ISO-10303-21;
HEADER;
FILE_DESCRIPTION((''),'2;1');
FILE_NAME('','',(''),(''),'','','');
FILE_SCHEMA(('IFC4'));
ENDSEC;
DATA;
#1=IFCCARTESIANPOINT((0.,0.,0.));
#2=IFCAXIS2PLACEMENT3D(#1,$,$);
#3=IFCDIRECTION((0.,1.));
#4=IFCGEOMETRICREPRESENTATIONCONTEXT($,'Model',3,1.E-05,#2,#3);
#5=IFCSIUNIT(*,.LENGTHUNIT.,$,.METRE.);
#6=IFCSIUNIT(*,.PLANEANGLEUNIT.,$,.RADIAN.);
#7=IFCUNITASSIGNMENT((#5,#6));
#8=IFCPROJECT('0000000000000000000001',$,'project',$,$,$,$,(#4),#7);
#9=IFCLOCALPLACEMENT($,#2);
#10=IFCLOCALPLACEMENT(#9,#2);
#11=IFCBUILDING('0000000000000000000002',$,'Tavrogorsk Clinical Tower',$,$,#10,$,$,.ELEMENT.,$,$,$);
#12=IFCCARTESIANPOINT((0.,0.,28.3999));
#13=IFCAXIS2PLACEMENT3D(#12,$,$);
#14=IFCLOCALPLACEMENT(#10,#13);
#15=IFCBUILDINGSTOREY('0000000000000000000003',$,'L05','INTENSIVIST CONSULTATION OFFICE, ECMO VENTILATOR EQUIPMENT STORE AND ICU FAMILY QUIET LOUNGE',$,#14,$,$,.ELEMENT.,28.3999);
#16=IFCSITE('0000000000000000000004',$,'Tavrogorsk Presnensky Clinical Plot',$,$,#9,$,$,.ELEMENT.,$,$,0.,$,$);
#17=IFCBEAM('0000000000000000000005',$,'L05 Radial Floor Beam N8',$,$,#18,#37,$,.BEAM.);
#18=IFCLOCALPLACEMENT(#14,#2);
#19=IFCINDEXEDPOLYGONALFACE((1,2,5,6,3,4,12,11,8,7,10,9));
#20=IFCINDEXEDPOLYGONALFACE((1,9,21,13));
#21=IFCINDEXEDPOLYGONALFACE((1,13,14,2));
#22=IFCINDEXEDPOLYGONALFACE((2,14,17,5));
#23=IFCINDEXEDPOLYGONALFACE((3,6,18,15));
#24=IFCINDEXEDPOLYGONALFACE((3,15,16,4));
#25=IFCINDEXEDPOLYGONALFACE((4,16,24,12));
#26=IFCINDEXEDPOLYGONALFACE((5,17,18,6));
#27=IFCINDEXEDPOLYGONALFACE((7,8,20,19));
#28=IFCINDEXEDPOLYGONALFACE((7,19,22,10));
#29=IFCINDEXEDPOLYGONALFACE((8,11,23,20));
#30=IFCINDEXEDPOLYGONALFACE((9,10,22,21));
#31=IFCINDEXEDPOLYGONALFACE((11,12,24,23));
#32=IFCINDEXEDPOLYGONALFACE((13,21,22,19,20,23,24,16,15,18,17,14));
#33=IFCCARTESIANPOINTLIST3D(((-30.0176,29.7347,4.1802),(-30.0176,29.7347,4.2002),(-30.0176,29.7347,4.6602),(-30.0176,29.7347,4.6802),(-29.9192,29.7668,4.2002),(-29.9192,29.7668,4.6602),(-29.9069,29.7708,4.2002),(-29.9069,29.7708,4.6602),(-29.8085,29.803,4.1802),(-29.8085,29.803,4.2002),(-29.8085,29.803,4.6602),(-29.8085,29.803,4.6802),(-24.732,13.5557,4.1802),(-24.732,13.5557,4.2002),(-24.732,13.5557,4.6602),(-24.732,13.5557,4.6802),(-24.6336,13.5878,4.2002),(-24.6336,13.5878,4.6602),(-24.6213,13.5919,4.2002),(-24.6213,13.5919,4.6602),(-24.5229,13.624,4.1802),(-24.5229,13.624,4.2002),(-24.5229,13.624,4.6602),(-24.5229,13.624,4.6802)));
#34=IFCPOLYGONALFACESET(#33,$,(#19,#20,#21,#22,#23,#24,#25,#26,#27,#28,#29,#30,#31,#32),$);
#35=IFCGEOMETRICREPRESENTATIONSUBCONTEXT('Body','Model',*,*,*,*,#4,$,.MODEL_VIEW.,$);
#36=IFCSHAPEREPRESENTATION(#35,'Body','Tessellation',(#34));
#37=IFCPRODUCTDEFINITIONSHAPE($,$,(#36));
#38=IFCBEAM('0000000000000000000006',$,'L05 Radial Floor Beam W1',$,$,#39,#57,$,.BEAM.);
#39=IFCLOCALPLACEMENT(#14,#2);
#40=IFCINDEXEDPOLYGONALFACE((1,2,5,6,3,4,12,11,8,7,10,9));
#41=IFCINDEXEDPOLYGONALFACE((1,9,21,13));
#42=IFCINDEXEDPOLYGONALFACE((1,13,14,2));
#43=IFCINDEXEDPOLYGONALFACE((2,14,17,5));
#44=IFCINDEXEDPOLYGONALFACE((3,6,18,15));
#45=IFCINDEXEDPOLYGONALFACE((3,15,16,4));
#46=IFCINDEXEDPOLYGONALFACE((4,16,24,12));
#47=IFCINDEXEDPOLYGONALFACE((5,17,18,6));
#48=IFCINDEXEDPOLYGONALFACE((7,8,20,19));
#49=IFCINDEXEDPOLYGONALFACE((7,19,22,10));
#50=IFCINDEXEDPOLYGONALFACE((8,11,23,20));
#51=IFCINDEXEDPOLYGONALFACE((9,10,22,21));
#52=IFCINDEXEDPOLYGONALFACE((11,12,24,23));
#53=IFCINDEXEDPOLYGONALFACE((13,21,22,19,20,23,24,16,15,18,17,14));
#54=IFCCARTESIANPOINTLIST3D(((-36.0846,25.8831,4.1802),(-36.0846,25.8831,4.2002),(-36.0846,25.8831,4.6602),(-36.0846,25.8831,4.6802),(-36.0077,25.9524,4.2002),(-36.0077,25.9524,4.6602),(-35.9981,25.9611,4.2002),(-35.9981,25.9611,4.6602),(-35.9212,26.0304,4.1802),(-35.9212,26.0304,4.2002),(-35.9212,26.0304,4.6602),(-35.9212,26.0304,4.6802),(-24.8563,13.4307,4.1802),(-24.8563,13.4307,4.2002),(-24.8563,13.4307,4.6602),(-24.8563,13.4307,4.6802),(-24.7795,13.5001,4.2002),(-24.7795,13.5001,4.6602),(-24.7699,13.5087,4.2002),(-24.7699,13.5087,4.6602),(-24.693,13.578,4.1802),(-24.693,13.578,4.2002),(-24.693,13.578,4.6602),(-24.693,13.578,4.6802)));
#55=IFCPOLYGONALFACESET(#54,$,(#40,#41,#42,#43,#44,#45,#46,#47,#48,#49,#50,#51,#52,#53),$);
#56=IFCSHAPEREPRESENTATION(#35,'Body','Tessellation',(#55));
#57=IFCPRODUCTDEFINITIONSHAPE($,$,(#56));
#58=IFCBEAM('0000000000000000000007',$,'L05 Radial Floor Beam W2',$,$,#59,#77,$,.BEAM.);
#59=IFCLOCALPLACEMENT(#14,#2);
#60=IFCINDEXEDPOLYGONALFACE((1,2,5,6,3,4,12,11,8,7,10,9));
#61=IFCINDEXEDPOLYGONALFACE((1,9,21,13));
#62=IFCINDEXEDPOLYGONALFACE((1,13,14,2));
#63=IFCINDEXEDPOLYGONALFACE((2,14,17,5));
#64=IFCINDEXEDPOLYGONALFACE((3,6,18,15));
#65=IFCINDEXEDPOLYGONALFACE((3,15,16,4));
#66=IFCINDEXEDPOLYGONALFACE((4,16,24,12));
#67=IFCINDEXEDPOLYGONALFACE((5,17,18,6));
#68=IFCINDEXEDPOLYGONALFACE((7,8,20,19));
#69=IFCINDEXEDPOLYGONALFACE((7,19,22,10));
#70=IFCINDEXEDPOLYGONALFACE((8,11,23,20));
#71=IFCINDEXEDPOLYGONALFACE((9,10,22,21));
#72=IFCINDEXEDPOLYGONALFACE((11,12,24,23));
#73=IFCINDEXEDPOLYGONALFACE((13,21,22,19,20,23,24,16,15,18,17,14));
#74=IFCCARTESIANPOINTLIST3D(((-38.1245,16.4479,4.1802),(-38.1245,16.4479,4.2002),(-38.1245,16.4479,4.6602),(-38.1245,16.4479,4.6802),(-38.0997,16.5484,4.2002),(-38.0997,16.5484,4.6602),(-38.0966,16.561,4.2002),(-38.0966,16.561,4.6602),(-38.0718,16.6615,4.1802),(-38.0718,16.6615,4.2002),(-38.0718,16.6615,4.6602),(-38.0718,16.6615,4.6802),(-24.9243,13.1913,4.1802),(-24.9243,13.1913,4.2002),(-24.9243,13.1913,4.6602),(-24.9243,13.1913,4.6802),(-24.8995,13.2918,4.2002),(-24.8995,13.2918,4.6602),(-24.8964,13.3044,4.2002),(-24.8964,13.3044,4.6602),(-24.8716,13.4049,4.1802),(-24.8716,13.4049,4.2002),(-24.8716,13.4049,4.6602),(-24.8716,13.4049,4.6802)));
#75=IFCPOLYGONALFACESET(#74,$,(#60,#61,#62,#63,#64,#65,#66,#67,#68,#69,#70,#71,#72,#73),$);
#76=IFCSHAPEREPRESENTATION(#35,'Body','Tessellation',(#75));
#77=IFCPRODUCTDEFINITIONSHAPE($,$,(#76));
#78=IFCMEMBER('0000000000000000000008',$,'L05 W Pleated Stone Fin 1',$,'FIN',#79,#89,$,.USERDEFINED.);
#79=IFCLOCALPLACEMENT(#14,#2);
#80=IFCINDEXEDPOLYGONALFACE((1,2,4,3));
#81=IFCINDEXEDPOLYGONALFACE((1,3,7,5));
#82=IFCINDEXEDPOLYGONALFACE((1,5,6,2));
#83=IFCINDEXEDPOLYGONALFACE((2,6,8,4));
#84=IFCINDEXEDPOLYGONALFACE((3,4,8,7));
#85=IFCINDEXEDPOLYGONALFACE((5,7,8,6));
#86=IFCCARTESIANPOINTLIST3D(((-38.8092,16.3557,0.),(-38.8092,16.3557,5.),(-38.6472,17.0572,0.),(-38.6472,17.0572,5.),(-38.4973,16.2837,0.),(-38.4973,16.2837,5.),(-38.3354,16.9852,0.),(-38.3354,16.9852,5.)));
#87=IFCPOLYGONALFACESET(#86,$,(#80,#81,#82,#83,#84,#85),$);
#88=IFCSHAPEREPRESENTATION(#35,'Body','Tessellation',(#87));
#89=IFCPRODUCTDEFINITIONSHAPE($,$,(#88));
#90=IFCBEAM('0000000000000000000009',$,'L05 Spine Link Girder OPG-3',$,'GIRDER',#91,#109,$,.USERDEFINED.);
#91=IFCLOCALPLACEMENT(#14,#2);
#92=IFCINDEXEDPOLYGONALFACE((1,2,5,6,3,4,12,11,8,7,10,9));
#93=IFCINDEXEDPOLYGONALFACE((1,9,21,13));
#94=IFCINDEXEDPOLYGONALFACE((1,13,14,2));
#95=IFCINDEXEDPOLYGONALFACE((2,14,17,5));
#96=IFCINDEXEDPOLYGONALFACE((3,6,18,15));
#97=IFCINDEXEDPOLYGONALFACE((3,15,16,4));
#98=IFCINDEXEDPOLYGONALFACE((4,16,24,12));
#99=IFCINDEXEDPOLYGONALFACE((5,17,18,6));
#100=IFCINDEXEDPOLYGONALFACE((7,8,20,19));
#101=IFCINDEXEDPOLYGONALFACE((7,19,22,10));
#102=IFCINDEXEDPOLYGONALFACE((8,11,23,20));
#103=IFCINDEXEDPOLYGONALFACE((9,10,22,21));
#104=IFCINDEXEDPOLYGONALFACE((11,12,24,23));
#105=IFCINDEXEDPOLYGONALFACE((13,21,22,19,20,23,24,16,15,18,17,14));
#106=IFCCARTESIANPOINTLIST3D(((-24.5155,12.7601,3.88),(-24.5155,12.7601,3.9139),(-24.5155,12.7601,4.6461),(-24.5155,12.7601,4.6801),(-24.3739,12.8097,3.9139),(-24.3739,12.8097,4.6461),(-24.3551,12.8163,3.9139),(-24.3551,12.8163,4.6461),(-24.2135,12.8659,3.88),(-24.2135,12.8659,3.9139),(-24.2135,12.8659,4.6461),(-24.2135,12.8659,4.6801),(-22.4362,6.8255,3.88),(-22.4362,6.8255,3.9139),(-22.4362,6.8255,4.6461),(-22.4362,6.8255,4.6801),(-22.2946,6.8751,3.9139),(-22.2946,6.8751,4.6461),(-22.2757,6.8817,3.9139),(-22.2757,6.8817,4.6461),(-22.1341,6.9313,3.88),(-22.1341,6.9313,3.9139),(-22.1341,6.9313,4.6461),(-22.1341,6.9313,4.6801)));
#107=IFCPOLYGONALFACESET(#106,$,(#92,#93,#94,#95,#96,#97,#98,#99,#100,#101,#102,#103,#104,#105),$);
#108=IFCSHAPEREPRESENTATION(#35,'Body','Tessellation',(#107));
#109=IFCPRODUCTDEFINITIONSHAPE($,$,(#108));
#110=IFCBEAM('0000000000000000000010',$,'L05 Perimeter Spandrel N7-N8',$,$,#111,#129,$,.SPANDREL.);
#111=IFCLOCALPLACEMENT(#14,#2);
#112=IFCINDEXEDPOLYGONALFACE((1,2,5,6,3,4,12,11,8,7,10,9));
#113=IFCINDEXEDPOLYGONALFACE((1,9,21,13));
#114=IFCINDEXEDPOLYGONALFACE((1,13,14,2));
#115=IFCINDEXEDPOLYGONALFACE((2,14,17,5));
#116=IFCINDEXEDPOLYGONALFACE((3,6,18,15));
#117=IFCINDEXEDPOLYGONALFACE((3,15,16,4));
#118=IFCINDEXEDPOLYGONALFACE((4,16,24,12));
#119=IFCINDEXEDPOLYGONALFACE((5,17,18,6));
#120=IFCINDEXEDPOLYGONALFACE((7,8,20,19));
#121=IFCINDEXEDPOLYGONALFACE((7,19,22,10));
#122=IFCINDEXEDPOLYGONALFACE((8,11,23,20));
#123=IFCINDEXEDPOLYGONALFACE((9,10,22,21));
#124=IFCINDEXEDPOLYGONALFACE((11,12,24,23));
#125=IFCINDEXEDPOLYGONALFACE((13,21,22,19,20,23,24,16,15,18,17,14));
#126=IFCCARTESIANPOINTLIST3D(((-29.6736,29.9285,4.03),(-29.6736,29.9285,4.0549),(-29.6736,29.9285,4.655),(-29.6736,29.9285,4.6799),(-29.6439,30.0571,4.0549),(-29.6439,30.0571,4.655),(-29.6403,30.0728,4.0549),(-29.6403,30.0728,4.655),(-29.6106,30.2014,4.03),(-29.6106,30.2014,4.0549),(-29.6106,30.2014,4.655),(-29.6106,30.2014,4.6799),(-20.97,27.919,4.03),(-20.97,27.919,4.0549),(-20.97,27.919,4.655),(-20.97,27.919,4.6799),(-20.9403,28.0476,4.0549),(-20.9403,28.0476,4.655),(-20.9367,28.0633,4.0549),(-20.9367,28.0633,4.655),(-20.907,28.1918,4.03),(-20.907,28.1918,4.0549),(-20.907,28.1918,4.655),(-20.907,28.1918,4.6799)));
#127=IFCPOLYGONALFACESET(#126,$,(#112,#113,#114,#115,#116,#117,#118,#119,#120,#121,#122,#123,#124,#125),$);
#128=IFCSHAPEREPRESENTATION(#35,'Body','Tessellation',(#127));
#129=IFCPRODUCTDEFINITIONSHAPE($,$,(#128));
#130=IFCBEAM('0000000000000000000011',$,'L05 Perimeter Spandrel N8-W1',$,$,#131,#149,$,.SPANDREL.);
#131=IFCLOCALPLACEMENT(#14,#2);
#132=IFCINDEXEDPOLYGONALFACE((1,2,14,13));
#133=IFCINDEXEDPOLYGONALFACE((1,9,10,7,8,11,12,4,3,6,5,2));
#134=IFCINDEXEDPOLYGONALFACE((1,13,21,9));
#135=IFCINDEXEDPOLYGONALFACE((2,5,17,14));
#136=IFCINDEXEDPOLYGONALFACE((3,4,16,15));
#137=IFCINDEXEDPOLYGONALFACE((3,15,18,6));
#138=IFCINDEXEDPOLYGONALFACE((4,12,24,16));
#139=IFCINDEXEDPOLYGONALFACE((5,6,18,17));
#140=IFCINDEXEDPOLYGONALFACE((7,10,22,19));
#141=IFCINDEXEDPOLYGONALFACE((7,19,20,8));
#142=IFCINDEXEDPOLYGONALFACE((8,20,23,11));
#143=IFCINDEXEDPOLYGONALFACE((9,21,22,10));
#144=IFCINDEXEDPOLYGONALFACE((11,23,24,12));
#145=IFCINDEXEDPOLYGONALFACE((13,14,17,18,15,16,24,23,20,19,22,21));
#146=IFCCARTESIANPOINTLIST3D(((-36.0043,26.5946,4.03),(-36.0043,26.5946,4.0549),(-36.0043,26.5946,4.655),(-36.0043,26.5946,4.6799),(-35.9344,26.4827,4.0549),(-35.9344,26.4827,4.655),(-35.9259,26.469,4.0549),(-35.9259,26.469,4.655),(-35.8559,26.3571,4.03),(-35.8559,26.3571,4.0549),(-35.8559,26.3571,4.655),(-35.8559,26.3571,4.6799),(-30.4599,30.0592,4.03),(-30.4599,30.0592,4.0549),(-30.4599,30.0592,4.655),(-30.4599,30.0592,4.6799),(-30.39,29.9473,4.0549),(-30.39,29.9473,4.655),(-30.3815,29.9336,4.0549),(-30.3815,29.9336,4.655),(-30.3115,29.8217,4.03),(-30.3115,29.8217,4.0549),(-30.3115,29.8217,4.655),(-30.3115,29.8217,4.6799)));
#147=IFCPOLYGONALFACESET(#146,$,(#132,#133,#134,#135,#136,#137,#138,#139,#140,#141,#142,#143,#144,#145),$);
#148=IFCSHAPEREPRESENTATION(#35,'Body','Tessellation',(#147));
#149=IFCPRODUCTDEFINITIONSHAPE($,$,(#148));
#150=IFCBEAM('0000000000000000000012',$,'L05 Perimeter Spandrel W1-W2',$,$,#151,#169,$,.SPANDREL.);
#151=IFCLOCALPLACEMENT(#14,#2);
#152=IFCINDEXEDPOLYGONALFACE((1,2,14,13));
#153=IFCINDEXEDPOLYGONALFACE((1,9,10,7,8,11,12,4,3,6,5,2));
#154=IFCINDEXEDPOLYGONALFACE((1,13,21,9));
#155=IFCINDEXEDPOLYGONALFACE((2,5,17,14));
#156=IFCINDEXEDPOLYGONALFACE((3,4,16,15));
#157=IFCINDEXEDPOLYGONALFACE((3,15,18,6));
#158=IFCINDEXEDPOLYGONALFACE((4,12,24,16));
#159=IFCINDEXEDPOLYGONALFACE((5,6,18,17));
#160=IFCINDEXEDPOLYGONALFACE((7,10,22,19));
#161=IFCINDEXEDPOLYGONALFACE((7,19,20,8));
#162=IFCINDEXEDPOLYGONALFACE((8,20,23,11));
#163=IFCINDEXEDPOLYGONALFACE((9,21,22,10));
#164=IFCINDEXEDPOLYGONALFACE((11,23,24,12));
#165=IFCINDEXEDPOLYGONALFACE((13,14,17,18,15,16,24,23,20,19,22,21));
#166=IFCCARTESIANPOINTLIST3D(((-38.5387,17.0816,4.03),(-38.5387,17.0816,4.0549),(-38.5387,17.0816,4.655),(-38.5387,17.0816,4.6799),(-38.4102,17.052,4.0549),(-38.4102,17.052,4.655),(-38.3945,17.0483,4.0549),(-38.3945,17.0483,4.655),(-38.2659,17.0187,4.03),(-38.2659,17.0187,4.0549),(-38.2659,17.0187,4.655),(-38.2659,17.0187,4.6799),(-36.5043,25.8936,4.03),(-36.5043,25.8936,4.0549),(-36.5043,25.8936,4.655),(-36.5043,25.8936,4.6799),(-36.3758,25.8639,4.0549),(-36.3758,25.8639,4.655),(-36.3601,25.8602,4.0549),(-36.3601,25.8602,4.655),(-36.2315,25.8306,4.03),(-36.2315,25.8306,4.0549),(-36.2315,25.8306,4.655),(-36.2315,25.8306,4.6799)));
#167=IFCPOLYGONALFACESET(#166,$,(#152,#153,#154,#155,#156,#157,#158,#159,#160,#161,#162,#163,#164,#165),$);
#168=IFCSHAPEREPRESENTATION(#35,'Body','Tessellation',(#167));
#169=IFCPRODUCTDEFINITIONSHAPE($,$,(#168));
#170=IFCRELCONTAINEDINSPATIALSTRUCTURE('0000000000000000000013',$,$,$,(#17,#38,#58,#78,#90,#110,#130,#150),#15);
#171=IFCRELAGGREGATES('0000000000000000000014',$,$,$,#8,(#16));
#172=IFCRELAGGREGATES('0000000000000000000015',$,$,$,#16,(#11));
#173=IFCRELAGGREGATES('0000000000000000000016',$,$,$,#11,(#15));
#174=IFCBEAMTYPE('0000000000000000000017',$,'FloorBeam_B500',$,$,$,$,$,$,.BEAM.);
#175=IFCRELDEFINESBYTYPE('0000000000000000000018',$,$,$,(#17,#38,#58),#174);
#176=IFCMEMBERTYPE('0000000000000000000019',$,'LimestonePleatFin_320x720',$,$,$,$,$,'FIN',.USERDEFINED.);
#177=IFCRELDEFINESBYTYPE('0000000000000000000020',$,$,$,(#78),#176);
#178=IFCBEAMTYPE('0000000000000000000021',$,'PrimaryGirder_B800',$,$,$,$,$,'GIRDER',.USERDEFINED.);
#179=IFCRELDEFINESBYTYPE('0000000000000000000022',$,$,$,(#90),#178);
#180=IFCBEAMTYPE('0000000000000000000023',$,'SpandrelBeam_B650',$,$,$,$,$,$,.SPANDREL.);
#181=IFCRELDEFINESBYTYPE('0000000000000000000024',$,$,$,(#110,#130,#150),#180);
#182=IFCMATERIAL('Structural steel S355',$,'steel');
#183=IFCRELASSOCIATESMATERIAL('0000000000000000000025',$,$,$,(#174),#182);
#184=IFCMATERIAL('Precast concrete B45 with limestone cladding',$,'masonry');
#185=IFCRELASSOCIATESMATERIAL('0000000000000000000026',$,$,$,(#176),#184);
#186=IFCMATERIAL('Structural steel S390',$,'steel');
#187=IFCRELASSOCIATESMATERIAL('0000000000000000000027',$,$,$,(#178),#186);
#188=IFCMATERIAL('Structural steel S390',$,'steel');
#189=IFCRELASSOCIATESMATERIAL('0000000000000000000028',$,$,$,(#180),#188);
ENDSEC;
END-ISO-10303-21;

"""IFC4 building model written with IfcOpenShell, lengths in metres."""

from ifc_helpers import new_model, si_unit, direction, frame, origin, origin_2d, place, context, subcontext, project, spatial, rectangle, i_section, extrude, material, material_profile, profile_set, type_object, element, save


model = new_model("IFC4")

# Units and contexts
model_context = context("Model", 3, precision=1e-05, world=origin(), true_north=direction((0.0, 1.0)))
body_context = subcontext(model_context, "Body", "Model", "MODEL_VIEW")
ifc_project = project(units=[si_unit("LENGTHUNIT", "METRE"), si_unit("PLANEANGLEUNIT", "RADIAN")], contexts=[model_context])

# Site, building, storey
site_placement = place(None, origin())
site = spatial("IfcSite", under=ifc_project, at=site_placement, Name="Tavrogorsk Presnensky Clinical Plot", CompositionType="ELEMENT", RefElevation=0.0)
building_placement = place(site_placement, origin())
building = spatial("IfcBuilding", under=site, at=building_placement, Name="Tavrogorsk Clinical Tower", CompositionType="ELEMENT")
storey_placement = place(building_placement, frame((0.0, 0.0, 28.3999)))
storey = spatial("IfcBuildingStorey", under=building, at=storey_placement, Name="L05", Description="INTENSIVIST CONSULTATION OFFICE, ECMO VENTILATOR EQUIPMENT STORE AND ICU FAMILY QUIET LOUNGE", CompositionType="ELEMENT", Elevation=28.3999)

# Beams
ifc_material_1 = material(Name="Structural steel S355", Category="steel")
ifc_material_profile_1 = material_profile(ifc_material_1, i_section(OverallWidth=0.22, OverallDepth=0.5, WebThickness=0.0129, FlangeThickness=0.02, at=origin_2d()), Name="B-500x220x13x20")
ifc_profile_set_1 = profile_set([ifc_material_profile_1], Name="Structural steel S355")
beam_type_1 = type_object("IfcBeamType", Name="FloorBeam_B500", PredefinedType="BEAM", material=ifc_profile_set_1)
beam_1_placement = place(storey_placement, frame((-24.6274, 13.5898, 4.4302), z_axis=(-0.310546, 0.950558, 0.0), x_axis=(-0.950558, -0.310546, 0.0)))
element("IfcBeam", 1, at=beam_1_placement, inside=storey, type_object=beam_type_1, Name="L05 Radial Floor Beam N8", PredefinedType="BEAM", context=body_context, shape_type="SweptSolid", body=[
    extrude(i_section(OverallWidth=0.22, OverallDepth=0.5, WebThickness=0.0129, FlangeThickness=0.02, at=origin_2d()), origin(), (0.0, 0.0, 1.0), 17.0205),
])
beam_2_placement = place(storey_placement, frame((-24.7747, 13.5044, 4.4302), z_axis=(-0.66966, 0.742668, 0.0), x_axis=(-0.742668, -0.66966, 0.0)))
element("IfcBeam", 2, at=beam_2_placement, inside=storey, type_object=beam_type_1, Name="L05 Radial Floor Beam W1", PredefinedType="BEAM", context=body_context, shape_type="SweptSolid", body=[
    extrude(i_section(OverallWidth=0.22, OverallDepth=0.5, WebThickness=0.0129, FlangeThickness=0.02, at=origin_2d()), origin(), (0.0, 0.0, 1.0), 16.7671),
])
beam_3_placement = place(storey_placement, frame((-24.8979, 13.2981, 4.4302), z_axis=(-0.97089, 0.239526, 0.0), x_axis=(-0.239526, -0.97089, 0.0)))
element("IfcBeam", 3, at=beam_3_placement, inside=storey, type_object=beam_type_1, Name="L05 Radial Floor Beam W2", PredefinedType="BEAM", context=body_context, shape_type="SweptSolid", body=[
    extrude(i_section(OverallWidth=0.22, OverallDepth=0.5, WebThickness=0.0129, FlangeThickness=0.02, at=origin_2d()), origin(), (0.0, 0.0, 1.0), 13.5959),
])

# Member
ifc_material_2 = material(Name="Precast concrete B45 with limestone cladding", Category="masonry")
ifc_material_profile_2 = material_profile(ifc_material_2, rectangle(XDim=0.3201, YDim=0.72, at=origin_2d()), Name="LIMESTONE-FIN-320x720")
ifc_profile_set_2 = profile_set([ifc_material_profile_2], Name="Precast concrete B45 with limestone cladding")
member_type_1 = type_object("IfcMemberType", Name="LimestonePleatFin_320x720", ElementType="FIN", PredefinedType="USERDEFINED", material=ifc_profile_set_2)
member_1_placement = place(storey_placement, frame((-38.5723, 16.6704, 0.0), z_axis=(0.0, 0.0, 1.0), x_axis=(0.97437, -0.224951, 0.0)))
element("IfcMember", 4, at=member_1_placement, inside=storey, type_object=member_type_1, Name="L05 W Pleated Stone Fin 1", ObjectType="FIN", PredefinedType="USERDEFINED", context=body_context, shape_type="SweptSolid", body=[
    extrude(rectangle(XDim=0.3201, YDim=0.72, at=origin_2d()), origin(), (0.0, 0.0, 1.0), 5.0),
])

# Beams
ifc_material_3 = material(Name="Structural steel S390", Category="steel")
ifc_material_profile_3 = material_profile(ifc_material_3, i_section(OverallWidth=0.3201, OverallDepth=0.8, WebThickness=0.02, FlangeThickness=0.0339, at=origin_2d()), Name="B-800x320x20x34")
ifc_profile_set_3 = profile_set([ifc_material_profile_3], Name="Structural steel S390")
beam_type_2 = type_object("IfcBeamType", Name="PrimaryGirder_B800", ElementType="GIRDER", PredefinedType="USERDEFINED", material=ifc_profile_set_3)
beam_4_placement = place(storey_placement, frame((-24.3645, 12.813, 4.28), z_axis=(0.330669, -0.943747, 0.0), x_axis=(0.943747, 0.330669, 0.0)))
element("IfcBeam", 5, at=beam_4_placement, inside=storey, type_object=beam_type_2, Name="L05 Spine Link Girder OPG-3", ObjectType="GIRDER", PredefinedType="USERDEFINED", context=body_context, shape_type="SweptSolid", body=[
    extrude(i_section(OverallWidth=0.3201, OverallDepth=0.8, WebThickness=0.02, FlangeThickness=0.0339, at=origin_2d()), origin(), (0.0, 0.0, 1.0), 6.2883),
])
ifc_material_4 = material(Name="Structural steel S390", Category="steel")
ifc_material_profile_4 = material_profile(ifc_material_4, i_section(OverallWidth=0.28, OverallDepth=0.6499, WebThickness=0.0161, FlangeThickness=0.0249, at=origin_2d()), Name="B-650x280x16x25")
ifc_profile_set_4 = profile_set([ifc_material_profile_4], Name="Structural steel S390")
beam_type_3 = type_object("IfcBeamType", Name="SpandrelBeam_B650", PredefinedType="SPANDREL", material=ifc_profile_set_4)
beam_5_placement = place(storey_placement, frame((-20.9385, 28.0554, 4.355), z_axis=(-0.974367, 0.224965, 0.0), x_axis=(-0.224965, -0.974367, 0.0)))
element("IfcBeam", 6, at=beam_5_placement, inside=storey, type_object=beam_type_3, Name="L05 Perimeter Spandrel N7-N8", PredefinedType="SPANDREL", context=body_context, shape_type="SweptSolid", body=[
    extrude(i_section(OverallWidth=0.28, OverallDepth=0.6499, WebThickness=0.0161, FlangeThickness=0.0249, at=origin_2d()), origin(), (0.0, 0.0, 1.0), 8.9326),
])
beam_6_placement = place(storey_placement, frame((-30.3857, 29.9404, 4.355), z_axis=(-0.848044, -0.529925, 0.0), x_axis=(0.529925, -0.848044, 0.0)))
element("IfcBeam", 7, at=beam_6_placement, inside=storey, type_object=beam_type_3, Name="L05 Perimeter Spandrel N8-W1", PredefinedType="SPANDREL", context=body_context, shape_type="SweptSolid", body=[
    extrude(i_section(OverallWidth=0.28, OverallDepth=0.6499, WebThickness=0.0161, FlangeThickness=0.0249, at=origin_2d()), origin(), (0.0, 0.0, 1.0), 6.5378),
])
beam_7_placement = place(storey_placement, frame((-36.3679, 25.8621, 4.355), z_axis=(-0.224952, -0.97437, 0.0), x_axis=(0.97437, -0.224952, 0.0)))
element("IfcBeam", 8, at=beam_7_placement, inside=storey, type_object=beam_type_3, Name="L05 Perimeter Spandrel W1-W2", PredefinedType="SPANDREL", context=body_context, shape_type="SweptSolid", body=[
    extrude(i_section(OverallWidth=0.28, OverallDepth=0.6499, WebThickness=0.0161, FlangeThickness=0.0249, at=origin_2d()), origin(), (0.0, 0.0, 1.0), 9.0437),
])

save(model, "model.ifc")
